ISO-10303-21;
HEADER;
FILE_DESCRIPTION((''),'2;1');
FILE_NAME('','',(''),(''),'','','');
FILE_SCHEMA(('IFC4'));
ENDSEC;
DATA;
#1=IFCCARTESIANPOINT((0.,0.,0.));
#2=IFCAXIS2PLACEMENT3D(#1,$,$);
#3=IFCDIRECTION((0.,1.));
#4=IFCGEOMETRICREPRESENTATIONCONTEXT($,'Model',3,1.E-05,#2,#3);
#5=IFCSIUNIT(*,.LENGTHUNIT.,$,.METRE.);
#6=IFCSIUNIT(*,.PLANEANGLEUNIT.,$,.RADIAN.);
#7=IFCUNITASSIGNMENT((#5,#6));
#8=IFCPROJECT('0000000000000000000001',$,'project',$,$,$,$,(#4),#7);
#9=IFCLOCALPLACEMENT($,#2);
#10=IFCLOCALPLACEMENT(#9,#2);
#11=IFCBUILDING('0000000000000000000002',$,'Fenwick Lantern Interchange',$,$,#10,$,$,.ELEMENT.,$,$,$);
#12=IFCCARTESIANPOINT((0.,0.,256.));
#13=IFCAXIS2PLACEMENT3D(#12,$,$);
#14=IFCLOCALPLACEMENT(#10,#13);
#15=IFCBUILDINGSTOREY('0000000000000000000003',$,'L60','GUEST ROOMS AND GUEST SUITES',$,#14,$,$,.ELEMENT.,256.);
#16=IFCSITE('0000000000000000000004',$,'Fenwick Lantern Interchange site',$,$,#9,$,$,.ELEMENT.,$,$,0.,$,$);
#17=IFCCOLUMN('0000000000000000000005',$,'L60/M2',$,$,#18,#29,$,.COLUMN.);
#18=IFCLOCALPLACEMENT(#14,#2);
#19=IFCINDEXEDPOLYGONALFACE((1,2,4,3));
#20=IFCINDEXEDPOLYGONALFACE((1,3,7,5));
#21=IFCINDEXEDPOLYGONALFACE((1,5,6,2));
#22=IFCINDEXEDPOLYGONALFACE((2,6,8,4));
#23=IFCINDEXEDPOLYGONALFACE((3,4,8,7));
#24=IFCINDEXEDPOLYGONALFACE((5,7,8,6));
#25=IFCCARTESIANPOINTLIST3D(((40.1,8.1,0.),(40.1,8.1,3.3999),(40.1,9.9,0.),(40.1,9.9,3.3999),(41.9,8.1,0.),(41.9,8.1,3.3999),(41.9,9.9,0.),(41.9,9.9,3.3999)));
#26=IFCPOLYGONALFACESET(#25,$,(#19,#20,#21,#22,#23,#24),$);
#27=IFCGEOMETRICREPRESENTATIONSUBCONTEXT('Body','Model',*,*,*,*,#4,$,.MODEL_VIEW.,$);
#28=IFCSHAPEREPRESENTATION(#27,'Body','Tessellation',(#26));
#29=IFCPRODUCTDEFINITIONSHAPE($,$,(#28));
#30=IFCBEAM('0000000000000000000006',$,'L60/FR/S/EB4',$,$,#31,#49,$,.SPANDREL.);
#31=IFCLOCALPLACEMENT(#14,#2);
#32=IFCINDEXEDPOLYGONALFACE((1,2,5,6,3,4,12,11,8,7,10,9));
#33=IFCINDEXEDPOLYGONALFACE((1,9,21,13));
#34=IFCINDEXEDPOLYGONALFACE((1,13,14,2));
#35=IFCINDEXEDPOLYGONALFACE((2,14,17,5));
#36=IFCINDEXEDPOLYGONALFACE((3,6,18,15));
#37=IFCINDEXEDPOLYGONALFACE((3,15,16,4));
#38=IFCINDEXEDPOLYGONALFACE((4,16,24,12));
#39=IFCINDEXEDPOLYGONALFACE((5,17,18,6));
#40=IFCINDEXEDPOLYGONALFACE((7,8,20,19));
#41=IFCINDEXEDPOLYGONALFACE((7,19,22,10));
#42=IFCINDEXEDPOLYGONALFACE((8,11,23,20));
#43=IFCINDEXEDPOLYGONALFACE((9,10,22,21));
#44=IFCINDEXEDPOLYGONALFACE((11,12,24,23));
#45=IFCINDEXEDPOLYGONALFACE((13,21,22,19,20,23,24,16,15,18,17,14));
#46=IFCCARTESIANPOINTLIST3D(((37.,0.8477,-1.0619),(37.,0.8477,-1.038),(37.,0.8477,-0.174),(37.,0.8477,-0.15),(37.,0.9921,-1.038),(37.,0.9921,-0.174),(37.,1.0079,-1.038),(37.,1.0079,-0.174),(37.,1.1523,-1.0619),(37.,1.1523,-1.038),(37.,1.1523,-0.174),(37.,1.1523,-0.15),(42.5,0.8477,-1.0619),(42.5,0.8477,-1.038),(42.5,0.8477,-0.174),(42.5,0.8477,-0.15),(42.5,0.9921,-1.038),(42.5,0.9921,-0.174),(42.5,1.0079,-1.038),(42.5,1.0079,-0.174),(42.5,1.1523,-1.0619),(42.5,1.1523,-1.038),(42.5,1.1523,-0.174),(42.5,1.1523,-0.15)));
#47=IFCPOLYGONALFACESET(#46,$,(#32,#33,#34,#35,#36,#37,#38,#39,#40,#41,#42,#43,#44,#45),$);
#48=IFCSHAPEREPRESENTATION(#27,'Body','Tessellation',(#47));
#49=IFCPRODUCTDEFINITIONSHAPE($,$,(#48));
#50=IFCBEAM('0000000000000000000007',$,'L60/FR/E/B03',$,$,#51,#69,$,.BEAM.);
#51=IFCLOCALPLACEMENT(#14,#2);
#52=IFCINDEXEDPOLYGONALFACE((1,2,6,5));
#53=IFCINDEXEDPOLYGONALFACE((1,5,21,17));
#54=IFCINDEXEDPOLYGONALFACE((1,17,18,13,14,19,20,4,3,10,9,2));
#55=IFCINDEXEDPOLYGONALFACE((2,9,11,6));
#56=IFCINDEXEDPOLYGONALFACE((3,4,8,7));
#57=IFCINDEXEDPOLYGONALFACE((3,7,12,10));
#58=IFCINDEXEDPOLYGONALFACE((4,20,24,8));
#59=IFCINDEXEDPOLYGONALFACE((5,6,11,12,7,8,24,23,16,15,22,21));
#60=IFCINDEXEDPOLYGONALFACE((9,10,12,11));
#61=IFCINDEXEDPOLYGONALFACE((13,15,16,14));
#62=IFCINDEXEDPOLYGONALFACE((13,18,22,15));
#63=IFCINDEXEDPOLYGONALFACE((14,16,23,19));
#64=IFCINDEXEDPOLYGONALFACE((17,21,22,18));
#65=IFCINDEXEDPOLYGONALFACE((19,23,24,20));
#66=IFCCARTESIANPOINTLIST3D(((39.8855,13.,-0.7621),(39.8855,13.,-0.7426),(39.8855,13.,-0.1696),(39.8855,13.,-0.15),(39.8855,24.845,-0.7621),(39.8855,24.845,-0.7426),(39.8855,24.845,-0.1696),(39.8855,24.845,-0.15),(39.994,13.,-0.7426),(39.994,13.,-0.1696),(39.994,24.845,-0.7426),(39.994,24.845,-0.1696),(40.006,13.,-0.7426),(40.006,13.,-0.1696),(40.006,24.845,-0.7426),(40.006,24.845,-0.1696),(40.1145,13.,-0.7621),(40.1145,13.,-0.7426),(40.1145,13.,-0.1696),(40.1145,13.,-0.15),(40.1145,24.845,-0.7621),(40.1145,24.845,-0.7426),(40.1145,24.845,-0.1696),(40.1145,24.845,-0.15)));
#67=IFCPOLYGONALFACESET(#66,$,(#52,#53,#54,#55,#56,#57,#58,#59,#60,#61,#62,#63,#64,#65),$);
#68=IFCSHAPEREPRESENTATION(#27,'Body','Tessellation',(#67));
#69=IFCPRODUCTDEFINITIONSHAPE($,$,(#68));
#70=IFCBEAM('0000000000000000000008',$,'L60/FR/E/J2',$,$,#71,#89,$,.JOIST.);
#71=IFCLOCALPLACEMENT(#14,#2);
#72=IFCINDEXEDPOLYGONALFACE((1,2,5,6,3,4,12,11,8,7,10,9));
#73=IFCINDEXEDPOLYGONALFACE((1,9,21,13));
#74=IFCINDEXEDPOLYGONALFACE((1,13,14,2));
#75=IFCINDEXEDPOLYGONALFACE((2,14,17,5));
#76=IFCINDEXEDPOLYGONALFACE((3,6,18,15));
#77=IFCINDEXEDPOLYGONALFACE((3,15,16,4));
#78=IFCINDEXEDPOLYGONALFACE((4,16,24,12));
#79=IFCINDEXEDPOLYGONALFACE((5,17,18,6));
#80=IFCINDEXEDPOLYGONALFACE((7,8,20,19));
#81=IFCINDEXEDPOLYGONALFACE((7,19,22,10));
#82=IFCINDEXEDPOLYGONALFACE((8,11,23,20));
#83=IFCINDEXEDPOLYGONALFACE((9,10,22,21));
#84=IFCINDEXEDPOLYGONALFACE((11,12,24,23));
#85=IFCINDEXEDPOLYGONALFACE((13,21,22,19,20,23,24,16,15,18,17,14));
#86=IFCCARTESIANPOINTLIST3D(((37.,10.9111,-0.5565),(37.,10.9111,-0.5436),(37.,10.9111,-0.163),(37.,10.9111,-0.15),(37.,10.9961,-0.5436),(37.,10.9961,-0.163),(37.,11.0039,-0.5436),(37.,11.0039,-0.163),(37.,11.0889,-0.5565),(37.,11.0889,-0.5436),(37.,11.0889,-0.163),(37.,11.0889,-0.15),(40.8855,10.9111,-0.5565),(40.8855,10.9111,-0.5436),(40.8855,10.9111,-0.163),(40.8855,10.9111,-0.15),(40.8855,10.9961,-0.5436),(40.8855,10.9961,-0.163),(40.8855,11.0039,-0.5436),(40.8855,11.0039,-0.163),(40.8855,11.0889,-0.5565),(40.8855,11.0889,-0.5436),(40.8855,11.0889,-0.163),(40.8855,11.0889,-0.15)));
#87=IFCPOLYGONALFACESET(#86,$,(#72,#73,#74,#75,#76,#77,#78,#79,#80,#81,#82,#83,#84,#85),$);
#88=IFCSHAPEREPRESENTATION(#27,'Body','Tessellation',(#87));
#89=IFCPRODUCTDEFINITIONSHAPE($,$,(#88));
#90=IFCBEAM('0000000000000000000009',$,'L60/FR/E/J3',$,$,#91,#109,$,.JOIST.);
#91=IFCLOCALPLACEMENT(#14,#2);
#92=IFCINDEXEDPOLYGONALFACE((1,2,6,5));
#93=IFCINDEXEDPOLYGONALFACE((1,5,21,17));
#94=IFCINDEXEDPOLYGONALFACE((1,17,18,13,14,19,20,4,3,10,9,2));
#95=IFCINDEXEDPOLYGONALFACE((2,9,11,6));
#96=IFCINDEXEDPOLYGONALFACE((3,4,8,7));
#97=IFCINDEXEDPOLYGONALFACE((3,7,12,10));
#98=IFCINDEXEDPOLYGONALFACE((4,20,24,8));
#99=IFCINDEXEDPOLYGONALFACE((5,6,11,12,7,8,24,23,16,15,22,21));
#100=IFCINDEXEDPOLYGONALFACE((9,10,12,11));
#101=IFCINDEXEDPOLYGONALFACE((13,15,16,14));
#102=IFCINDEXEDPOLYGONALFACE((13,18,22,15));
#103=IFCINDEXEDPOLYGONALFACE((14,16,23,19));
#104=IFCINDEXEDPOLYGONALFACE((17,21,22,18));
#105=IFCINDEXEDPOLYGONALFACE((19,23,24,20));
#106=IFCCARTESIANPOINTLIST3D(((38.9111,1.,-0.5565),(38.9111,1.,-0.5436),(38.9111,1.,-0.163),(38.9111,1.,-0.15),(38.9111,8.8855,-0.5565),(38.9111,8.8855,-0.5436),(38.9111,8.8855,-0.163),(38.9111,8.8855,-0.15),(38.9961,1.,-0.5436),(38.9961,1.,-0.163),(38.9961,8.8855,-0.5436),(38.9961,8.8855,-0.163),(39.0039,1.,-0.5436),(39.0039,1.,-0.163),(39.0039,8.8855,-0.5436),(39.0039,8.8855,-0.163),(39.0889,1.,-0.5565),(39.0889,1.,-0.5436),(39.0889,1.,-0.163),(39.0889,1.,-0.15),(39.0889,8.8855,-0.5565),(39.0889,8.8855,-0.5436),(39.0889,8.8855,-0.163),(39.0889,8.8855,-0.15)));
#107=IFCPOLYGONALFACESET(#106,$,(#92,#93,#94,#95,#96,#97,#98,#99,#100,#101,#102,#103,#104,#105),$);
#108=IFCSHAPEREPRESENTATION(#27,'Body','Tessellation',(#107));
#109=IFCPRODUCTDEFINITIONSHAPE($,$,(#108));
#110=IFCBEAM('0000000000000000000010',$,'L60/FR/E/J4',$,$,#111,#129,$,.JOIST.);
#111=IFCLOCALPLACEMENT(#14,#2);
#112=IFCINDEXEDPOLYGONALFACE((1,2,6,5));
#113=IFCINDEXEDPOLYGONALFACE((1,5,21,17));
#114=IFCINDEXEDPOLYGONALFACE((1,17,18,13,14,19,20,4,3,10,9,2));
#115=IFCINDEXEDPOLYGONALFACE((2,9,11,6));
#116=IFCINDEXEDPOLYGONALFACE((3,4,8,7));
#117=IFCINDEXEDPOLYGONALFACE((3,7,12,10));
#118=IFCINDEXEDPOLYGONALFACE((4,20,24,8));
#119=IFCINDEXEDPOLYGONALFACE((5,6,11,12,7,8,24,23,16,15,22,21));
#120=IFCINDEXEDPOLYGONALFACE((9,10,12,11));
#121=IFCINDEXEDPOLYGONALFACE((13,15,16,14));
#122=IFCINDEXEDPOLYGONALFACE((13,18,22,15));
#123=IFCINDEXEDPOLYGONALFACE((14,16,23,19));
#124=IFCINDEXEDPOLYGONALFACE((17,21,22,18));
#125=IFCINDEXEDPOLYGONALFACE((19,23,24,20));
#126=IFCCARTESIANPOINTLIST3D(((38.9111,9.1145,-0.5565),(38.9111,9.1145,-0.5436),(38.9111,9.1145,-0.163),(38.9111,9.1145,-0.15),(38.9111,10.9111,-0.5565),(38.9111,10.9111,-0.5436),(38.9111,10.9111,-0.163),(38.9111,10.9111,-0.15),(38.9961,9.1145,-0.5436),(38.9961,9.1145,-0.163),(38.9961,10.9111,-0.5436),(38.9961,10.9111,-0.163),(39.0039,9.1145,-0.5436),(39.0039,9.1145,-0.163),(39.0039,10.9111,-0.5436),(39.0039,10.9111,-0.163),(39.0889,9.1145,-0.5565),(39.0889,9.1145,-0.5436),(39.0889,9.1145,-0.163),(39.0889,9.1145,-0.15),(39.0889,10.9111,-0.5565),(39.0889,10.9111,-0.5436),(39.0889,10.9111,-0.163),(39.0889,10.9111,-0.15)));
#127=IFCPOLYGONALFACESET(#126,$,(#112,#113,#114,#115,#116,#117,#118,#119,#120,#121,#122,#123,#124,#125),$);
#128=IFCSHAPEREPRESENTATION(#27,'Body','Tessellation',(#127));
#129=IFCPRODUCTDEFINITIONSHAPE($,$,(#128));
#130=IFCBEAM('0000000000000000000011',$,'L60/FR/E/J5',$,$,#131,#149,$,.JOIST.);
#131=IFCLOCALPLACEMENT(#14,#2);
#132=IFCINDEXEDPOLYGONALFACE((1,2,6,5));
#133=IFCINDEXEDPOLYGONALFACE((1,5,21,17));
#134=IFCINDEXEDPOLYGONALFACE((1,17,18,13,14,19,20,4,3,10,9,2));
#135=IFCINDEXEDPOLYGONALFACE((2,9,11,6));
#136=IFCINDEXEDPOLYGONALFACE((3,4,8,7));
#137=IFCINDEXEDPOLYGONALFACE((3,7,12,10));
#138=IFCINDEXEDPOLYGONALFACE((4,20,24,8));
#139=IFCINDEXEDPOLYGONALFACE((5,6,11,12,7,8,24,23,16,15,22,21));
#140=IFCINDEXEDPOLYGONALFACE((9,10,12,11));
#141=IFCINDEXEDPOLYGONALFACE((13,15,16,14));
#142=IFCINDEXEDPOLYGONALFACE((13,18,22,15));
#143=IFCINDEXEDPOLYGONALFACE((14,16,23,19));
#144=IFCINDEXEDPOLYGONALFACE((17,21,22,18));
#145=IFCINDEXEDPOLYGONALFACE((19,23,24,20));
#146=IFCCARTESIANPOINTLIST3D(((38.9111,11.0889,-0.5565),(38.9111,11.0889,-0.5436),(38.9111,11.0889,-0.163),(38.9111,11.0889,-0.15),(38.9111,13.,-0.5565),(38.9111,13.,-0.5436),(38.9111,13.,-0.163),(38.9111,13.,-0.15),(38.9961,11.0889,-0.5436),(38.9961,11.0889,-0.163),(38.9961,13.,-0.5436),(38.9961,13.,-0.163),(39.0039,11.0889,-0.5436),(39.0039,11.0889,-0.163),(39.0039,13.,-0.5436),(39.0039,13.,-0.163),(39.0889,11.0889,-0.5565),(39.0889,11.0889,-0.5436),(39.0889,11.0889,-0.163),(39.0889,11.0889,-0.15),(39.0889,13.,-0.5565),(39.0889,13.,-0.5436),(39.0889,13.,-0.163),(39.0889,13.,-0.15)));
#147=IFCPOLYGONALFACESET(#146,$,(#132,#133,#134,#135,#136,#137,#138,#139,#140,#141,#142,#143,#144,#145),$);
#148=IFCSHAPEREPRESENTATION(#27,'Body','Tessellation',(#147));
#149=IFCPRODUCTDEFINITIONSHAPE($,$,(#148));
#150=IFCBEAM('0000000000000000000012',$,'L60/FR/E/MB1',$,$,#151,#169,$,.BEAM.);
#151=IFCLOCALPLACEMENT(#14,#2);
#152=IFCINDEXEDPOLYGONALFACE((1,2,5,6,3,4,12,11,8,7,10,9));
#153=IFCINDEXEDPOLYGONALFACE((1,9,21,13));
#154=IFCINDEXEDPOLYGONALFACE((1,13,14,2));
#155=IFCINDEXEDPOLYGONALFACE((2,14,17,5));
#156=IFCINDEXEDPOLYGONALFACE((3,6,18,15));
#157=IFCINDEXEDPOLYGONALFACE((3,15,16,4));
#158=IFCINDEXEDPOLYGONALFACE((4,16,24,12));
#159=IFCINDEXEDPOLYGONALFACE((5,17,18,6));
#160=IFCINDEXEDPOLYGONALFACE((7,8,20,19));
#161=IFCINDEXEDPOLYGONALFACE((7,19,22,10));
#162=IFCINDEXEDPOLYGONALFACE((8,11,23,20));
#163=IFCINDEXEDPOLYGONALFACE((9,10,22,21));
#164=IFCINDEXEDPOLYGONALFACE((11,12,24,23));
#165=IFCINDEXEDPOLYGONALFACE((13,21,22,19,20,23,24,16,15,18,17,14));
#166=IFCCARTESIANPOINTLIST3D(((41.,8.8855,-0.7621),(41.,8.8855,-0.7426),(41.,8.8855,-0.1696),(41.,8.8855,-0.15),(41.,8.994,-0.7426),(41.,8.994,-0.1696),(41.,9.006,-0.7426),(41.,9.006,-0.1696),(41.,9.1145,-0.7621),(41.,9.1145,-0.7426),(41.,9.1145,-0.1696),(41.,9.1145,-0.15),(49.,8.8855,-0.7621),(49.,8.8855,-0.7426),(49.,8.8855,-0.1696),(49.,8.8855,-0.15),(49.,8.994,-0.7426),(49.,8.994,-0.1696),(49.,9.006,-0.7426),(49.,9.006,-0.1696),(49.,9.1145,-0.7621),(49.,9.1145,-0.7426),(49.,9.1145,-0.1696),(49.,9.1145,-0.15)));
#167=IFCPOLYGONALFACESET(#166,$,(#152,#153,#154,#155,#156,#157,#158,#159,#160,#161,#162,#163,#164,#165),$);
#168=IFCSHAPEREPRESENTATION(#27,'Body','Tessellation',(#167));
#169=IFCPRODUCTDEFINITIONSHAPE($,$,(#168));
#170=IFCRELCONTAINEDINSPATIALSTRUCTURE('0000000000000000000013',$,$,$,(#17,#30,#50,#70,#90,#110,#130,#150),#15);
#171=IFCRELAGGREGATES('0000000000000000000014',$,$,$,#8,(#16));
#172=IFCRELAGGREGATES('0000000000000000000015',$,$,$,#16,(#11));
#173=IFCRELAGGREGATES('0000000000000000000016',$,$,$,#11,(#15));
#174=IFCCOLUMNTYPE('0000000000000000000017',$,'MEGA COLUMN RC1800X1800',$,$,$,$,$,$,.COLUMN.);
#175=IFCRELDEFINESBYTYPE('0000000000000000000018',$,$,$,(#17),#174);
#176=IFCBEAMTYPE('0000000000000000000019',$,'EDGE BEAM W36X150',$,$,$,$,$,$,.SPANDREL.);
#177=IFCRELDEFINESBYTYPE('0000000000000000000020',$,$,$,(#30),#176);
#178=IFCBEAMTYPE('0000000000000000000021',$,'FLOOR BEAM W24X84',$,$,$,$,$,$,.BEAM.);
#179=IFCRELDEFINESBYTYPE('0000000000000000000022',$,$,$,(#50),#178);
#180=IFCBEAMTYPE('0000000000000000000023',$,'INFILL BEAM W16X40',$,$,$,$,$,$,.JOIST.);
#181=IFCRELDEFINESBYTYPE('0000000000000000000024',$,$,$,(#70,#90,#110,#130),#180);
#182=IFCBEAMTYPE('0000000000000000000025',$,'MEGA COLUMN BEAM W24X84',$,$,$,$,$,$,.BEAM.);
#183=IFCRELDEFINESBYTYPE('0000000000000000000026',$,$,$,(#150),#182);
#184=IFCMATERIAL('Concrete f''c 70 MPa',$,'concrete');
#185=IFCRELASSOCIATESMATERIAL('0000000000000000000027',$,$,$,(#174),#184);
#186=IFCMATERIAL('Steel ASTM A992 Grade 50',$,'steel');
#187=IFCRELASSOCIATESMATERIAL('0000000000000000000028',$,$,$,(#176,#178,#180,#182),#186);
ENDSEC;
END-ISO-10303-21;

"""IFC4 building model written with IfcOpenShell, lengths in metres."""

from ifc_helpers import new_model, si_unit, direction, frame, origin, origin_2d, place, context, subcontext, project, spatial, rectangle, i_section, extrude, material, material_profile, profile_set, type_object, element, save


model = new_model("IFC4")

# Units and contexts
model_context = context("Model", 3, precision=1e-05, world=origin(), true_north=direction((0.0, 1.0)))
body_context = subcontext(model_context, "Body", "Model", "MODEL_VIEW")
ifc_project = project(units=[si_unit("LENGTHUNIT", "METRE"), si_unit("PLANEANGLEUNIT", "RADIAN")], contexts=[model_context])

# Site, building, storey
site_placement = place(None, origin())
site = spatial("IfcSite", under=ifc_project, at=site_placement, Name="Fenwick Lantern Interchange site", CompositionType="ELEMENT", RefElevation=0.0)
building_placement = place(site_placement, origin())
building = spatial("IfcBuilding", under=site, at=building_placement, Name="Fenwick Lantern Interchange", CompositionType="ELEMENT")
storey_placement = place(building_placement, frame((0.0, 0.0, 256.0)))
storey = spatial("IfcBuildingStorey", under=building, at=storey_placement, Name="L60", Description="GUEST ROOMS AND GUEST SUITES", CompositionType="ELEMENT", Elevation=256.0)

# Column
ifc_material_1 = material(Name="Concrete f'c 70 MPa", Category="concrete")
ifc_material_profile_1 = material_profile(ifc_material_1, rectangle(XDim=1.8, YDim=1.8, at=origin_2d()), Name="RC1800X1800")
ifc_profile_set_1 = profile_set([ifc_material_profile_1], Name="Concrete f'c 70 MPa")
column_type = type_object("IfcColumnType", Name="MEGA COLUMN RC1800X1800", PredefinedType="COLUMN", material=ifc_profile_set_1)
column_placement = place(storey_placement, frame((41.0, 9.0, 0.0), z_axis=(0.0, 0.0, 1.0), x_axis=(1.0, 0.0, 0.0)))
element("IfcColumn", 1, at=column_placement, inside=storey, type_object=column_type, Name="L60/M2", PredefinedType="COLUMN", context=body_context, shape_type="SweptSolid", body=[
    extrude(rectangle(XDim=1.8, YDim=1.8, at=origin_2d()), origin(), (0.0, 0.0, 1.0), 3.3999),
])

# Beams
ifc_material_2 = material(Name="Steel ASTM A992 Grade 50", Category="steel")
ifc_material_profile_2 = material_profile(ifc_material_2, i_section(OverallWidth=0.3047, OverallDepth=0.9119, WebThickness=0.0159, FlangeThickness=0.0239, at=origin_2d()), Name="W36X150")
ifc_profile_set_2 = profile_set([ifc_material_profile_2], Name="Steel ASTM A992 Grade 50")
beam_type_1 = type_object("IfcBeamType", Name="EDGE BEAM W36X150", PredefinedType="SPANDREL", material=ifc_profile_set_2)
beam_1_placement = place(storey_placement, frame((37.0, 1.0, -0.606), z_axis=(1.0, 0.0, 0.0), x_axis=(0.0, 1.0, 0.0)))
element("IfcBeam", 2, at=beam_1_placement, inside=storey, type_object=beam_type_1, Name="L60/FR/S/EB4", PredefinedType="SPANDREL", context=body_context, shape_type="SweptSolid", body=[
    extrude(i_section(OverallWidth=0.3047, OverallDepth=0.9119, WebThickness=0.0159, FlangeThickness=0.0239, at=origin_2d()), origin(), (0.0, 0.0, 1.0), 5.5),
])
ifc_material_profile_3 = material_profile(ifc_material_2, i_section(OverallWidth=0.229, OverallDepth=0.6121, WebThickness=0.012, FlangeThickness=0.0195, at=origin_2d()), Name="W24X84")
ifc_profile_set_3 = profile_set([ifc_material_profile_3], Name="Steel ASTM A992 Grade 50")
beam_type_2 = type_object("IfcBeamType", Name="FLOOR BEAM W24X84", PredefinedType="BEAM", material=ifc_profile_set_3)
beam_2_placement = place(storey_placement, frame((40.0, 13.0, -0.4561), z_axis=(0.0, 1.0, 0.0), x_axis=(-1.0, 0.0, 0.0)))
element("IfcBeam", 3, at=beam_2_placement, inside=storey, type_object=beam_type_2, Name="L60/FR/E/B03", PredefinedType="BEAM", context=body_context, shape_type="SweptSolid", body=[
    extrude(i_section(OverallWidth=0.229, OverallDepth=0.6121, WebThickness=0.012, FlangeThickness=0.0195, at=origin_2d()), origin(), (0.0, 0.0, 1.0), 11.845),
])
ifc_material_profile_4 = material_profile(ifc_material_2, i_section(OverallWidth=0.1777, OverallDepth=0.4065, WebThickness=0.0078, FlangeThickness=0.0129, at=origin_2d()), Name="W16X40")
ifc_profile_set_4 = profile_set([ifc_material_profile_4], Name="Steel ASTM A992 Grade 50")
beam_type_3 = type_object("IfcBeamType", Name="INFILL BEAM W16X40", PredefinedType="JOIST", material=ifc_profile_set_4)
beam_3_placement = place(storey_placement, frame((40.8855, 11.0, -0.3533), z_axis=(-1.0, 0.0, 0.0), x_axis=(0.0, -1.0, 0.0)))
element("IfcBeam", 4, at=beam_3_placement, inside=storey, type_object=beam_type_3, Name="L60/FR/E/J2", PredefinedType="JOIST", context=body_context, shape_type="SweptSolid", body=[
    extrude(i_section(OverallWidth=0.1777, OverallDepth=0.4065, WebThickness=0.0078, FlangeThickness=0.0129, at=origin_2d()), origin(), (0.0, 0.0, 1.0), 3.8855),
])
beam_4_placement = place(storey_placement, frame((39.0, 1.0, -0.3533), z_axis=(0.0, 1.0, 0.0), x_axis=(-1.0, 0.0, 0.0)))
element("IfcBeam", 5, at=beam_4_placement, inside=storey, type_object=beam_type_3, Name="L60/FR/E/J3", PredefinedType="JOIST", context=body_context, shape_type="SweptSolid", body=[
    extrude(i_section(OverallWidth=0.1777, OverallDepth=0.4065, WebThickness=0.0078, FlangeThickness=0.0129, at=origin_2d()), origin(), (0.0, 0.0, 1.0), 7.8855),
])
beam_5_placement = place(storey_placement, frame((39.0, 9.1145, -0.3533), z_axis=(0.0, 1.0, 0.0), x_axis=(-1.0, 0.0, 0.0)))
element("IfcBeam", 6, at=beam_5_placement, inside=storey, type_object=beam_type_3, Name="L60/FR/E/J4", PredefinedType="JOIST", context=body_context, shape_type="SweptSolid", body=[
    extrude(i_section(OverallWidth=0.1777, OverallDepth=0.4065, WebThickness=0.0078, FlangeThickness=0.0129, at=origin_2d()), origin(), (0.0, 0.0, 1.0), 1.7966),
])
beam_6_placement = place(storey_placement, frame((39.0, 11.0889, -0.3533), z_axis=(0.0, 1.0, 0.0), x_axis=(-1.0, 0.0, 0.0)))
element("IfcBeam", 7, at=beam_6_placement, inside=storey, type_object=beam_type_3, Name="L60/FR/E/J5", PredefinedType="JOIST", context=body_context, shape_type="SweptSolid", body=[
    extrude(i_section(OverallWidth=0.1777, OverallDepth=0.4065, WebThickness=0.0078, FlangeThickness=0.0129, at=origin_2d()), origin(), (0.0, 0.0, 1.0), 1.9111),
])
ifc_material_profile_5 = material_profile(ifc_material_2, i_section(OverallWidth=0.229, OverallDepth=0.6121, WebThickness=0.012, FlangeThickness=0.0195, at=origin_2d()), Name="W24X84")
ifc_profile_set_5 = profile_set([ifc_material_profile_5], Name="Steel ASTM A992 Grade 50")
beam_type_4 = type_object("IfcBeamType", Name="MEGA COLUMN BEAM W24X84", PredefinedType="BEAM", material=ifc_profile_set_5)
beam_7_placement = place(storey_placement, frame((41.0, 9.0, -0.4561), z_axis=(1.0, 0.0, 0.0), x_axis=(0.0, 1.0, 0.0)))
element("IfcBeam", 8, at=beam_7_placement, inside=storey, type_object=beam_type_4, Name="L60/FR/E/MB1", PredefinedType="BEAM", context=body_context, shape_type="SweptSolid", body=[
    extrude(i_section(OverallWidth=0.229, OverallDepth=0.6121, WebThickness=0.012, FlangeThickness=0.0195, at=origin_2d()), origin(), (0.0, 0.0, 1.0), 8.0),
])

save(model, "model.ifc")
